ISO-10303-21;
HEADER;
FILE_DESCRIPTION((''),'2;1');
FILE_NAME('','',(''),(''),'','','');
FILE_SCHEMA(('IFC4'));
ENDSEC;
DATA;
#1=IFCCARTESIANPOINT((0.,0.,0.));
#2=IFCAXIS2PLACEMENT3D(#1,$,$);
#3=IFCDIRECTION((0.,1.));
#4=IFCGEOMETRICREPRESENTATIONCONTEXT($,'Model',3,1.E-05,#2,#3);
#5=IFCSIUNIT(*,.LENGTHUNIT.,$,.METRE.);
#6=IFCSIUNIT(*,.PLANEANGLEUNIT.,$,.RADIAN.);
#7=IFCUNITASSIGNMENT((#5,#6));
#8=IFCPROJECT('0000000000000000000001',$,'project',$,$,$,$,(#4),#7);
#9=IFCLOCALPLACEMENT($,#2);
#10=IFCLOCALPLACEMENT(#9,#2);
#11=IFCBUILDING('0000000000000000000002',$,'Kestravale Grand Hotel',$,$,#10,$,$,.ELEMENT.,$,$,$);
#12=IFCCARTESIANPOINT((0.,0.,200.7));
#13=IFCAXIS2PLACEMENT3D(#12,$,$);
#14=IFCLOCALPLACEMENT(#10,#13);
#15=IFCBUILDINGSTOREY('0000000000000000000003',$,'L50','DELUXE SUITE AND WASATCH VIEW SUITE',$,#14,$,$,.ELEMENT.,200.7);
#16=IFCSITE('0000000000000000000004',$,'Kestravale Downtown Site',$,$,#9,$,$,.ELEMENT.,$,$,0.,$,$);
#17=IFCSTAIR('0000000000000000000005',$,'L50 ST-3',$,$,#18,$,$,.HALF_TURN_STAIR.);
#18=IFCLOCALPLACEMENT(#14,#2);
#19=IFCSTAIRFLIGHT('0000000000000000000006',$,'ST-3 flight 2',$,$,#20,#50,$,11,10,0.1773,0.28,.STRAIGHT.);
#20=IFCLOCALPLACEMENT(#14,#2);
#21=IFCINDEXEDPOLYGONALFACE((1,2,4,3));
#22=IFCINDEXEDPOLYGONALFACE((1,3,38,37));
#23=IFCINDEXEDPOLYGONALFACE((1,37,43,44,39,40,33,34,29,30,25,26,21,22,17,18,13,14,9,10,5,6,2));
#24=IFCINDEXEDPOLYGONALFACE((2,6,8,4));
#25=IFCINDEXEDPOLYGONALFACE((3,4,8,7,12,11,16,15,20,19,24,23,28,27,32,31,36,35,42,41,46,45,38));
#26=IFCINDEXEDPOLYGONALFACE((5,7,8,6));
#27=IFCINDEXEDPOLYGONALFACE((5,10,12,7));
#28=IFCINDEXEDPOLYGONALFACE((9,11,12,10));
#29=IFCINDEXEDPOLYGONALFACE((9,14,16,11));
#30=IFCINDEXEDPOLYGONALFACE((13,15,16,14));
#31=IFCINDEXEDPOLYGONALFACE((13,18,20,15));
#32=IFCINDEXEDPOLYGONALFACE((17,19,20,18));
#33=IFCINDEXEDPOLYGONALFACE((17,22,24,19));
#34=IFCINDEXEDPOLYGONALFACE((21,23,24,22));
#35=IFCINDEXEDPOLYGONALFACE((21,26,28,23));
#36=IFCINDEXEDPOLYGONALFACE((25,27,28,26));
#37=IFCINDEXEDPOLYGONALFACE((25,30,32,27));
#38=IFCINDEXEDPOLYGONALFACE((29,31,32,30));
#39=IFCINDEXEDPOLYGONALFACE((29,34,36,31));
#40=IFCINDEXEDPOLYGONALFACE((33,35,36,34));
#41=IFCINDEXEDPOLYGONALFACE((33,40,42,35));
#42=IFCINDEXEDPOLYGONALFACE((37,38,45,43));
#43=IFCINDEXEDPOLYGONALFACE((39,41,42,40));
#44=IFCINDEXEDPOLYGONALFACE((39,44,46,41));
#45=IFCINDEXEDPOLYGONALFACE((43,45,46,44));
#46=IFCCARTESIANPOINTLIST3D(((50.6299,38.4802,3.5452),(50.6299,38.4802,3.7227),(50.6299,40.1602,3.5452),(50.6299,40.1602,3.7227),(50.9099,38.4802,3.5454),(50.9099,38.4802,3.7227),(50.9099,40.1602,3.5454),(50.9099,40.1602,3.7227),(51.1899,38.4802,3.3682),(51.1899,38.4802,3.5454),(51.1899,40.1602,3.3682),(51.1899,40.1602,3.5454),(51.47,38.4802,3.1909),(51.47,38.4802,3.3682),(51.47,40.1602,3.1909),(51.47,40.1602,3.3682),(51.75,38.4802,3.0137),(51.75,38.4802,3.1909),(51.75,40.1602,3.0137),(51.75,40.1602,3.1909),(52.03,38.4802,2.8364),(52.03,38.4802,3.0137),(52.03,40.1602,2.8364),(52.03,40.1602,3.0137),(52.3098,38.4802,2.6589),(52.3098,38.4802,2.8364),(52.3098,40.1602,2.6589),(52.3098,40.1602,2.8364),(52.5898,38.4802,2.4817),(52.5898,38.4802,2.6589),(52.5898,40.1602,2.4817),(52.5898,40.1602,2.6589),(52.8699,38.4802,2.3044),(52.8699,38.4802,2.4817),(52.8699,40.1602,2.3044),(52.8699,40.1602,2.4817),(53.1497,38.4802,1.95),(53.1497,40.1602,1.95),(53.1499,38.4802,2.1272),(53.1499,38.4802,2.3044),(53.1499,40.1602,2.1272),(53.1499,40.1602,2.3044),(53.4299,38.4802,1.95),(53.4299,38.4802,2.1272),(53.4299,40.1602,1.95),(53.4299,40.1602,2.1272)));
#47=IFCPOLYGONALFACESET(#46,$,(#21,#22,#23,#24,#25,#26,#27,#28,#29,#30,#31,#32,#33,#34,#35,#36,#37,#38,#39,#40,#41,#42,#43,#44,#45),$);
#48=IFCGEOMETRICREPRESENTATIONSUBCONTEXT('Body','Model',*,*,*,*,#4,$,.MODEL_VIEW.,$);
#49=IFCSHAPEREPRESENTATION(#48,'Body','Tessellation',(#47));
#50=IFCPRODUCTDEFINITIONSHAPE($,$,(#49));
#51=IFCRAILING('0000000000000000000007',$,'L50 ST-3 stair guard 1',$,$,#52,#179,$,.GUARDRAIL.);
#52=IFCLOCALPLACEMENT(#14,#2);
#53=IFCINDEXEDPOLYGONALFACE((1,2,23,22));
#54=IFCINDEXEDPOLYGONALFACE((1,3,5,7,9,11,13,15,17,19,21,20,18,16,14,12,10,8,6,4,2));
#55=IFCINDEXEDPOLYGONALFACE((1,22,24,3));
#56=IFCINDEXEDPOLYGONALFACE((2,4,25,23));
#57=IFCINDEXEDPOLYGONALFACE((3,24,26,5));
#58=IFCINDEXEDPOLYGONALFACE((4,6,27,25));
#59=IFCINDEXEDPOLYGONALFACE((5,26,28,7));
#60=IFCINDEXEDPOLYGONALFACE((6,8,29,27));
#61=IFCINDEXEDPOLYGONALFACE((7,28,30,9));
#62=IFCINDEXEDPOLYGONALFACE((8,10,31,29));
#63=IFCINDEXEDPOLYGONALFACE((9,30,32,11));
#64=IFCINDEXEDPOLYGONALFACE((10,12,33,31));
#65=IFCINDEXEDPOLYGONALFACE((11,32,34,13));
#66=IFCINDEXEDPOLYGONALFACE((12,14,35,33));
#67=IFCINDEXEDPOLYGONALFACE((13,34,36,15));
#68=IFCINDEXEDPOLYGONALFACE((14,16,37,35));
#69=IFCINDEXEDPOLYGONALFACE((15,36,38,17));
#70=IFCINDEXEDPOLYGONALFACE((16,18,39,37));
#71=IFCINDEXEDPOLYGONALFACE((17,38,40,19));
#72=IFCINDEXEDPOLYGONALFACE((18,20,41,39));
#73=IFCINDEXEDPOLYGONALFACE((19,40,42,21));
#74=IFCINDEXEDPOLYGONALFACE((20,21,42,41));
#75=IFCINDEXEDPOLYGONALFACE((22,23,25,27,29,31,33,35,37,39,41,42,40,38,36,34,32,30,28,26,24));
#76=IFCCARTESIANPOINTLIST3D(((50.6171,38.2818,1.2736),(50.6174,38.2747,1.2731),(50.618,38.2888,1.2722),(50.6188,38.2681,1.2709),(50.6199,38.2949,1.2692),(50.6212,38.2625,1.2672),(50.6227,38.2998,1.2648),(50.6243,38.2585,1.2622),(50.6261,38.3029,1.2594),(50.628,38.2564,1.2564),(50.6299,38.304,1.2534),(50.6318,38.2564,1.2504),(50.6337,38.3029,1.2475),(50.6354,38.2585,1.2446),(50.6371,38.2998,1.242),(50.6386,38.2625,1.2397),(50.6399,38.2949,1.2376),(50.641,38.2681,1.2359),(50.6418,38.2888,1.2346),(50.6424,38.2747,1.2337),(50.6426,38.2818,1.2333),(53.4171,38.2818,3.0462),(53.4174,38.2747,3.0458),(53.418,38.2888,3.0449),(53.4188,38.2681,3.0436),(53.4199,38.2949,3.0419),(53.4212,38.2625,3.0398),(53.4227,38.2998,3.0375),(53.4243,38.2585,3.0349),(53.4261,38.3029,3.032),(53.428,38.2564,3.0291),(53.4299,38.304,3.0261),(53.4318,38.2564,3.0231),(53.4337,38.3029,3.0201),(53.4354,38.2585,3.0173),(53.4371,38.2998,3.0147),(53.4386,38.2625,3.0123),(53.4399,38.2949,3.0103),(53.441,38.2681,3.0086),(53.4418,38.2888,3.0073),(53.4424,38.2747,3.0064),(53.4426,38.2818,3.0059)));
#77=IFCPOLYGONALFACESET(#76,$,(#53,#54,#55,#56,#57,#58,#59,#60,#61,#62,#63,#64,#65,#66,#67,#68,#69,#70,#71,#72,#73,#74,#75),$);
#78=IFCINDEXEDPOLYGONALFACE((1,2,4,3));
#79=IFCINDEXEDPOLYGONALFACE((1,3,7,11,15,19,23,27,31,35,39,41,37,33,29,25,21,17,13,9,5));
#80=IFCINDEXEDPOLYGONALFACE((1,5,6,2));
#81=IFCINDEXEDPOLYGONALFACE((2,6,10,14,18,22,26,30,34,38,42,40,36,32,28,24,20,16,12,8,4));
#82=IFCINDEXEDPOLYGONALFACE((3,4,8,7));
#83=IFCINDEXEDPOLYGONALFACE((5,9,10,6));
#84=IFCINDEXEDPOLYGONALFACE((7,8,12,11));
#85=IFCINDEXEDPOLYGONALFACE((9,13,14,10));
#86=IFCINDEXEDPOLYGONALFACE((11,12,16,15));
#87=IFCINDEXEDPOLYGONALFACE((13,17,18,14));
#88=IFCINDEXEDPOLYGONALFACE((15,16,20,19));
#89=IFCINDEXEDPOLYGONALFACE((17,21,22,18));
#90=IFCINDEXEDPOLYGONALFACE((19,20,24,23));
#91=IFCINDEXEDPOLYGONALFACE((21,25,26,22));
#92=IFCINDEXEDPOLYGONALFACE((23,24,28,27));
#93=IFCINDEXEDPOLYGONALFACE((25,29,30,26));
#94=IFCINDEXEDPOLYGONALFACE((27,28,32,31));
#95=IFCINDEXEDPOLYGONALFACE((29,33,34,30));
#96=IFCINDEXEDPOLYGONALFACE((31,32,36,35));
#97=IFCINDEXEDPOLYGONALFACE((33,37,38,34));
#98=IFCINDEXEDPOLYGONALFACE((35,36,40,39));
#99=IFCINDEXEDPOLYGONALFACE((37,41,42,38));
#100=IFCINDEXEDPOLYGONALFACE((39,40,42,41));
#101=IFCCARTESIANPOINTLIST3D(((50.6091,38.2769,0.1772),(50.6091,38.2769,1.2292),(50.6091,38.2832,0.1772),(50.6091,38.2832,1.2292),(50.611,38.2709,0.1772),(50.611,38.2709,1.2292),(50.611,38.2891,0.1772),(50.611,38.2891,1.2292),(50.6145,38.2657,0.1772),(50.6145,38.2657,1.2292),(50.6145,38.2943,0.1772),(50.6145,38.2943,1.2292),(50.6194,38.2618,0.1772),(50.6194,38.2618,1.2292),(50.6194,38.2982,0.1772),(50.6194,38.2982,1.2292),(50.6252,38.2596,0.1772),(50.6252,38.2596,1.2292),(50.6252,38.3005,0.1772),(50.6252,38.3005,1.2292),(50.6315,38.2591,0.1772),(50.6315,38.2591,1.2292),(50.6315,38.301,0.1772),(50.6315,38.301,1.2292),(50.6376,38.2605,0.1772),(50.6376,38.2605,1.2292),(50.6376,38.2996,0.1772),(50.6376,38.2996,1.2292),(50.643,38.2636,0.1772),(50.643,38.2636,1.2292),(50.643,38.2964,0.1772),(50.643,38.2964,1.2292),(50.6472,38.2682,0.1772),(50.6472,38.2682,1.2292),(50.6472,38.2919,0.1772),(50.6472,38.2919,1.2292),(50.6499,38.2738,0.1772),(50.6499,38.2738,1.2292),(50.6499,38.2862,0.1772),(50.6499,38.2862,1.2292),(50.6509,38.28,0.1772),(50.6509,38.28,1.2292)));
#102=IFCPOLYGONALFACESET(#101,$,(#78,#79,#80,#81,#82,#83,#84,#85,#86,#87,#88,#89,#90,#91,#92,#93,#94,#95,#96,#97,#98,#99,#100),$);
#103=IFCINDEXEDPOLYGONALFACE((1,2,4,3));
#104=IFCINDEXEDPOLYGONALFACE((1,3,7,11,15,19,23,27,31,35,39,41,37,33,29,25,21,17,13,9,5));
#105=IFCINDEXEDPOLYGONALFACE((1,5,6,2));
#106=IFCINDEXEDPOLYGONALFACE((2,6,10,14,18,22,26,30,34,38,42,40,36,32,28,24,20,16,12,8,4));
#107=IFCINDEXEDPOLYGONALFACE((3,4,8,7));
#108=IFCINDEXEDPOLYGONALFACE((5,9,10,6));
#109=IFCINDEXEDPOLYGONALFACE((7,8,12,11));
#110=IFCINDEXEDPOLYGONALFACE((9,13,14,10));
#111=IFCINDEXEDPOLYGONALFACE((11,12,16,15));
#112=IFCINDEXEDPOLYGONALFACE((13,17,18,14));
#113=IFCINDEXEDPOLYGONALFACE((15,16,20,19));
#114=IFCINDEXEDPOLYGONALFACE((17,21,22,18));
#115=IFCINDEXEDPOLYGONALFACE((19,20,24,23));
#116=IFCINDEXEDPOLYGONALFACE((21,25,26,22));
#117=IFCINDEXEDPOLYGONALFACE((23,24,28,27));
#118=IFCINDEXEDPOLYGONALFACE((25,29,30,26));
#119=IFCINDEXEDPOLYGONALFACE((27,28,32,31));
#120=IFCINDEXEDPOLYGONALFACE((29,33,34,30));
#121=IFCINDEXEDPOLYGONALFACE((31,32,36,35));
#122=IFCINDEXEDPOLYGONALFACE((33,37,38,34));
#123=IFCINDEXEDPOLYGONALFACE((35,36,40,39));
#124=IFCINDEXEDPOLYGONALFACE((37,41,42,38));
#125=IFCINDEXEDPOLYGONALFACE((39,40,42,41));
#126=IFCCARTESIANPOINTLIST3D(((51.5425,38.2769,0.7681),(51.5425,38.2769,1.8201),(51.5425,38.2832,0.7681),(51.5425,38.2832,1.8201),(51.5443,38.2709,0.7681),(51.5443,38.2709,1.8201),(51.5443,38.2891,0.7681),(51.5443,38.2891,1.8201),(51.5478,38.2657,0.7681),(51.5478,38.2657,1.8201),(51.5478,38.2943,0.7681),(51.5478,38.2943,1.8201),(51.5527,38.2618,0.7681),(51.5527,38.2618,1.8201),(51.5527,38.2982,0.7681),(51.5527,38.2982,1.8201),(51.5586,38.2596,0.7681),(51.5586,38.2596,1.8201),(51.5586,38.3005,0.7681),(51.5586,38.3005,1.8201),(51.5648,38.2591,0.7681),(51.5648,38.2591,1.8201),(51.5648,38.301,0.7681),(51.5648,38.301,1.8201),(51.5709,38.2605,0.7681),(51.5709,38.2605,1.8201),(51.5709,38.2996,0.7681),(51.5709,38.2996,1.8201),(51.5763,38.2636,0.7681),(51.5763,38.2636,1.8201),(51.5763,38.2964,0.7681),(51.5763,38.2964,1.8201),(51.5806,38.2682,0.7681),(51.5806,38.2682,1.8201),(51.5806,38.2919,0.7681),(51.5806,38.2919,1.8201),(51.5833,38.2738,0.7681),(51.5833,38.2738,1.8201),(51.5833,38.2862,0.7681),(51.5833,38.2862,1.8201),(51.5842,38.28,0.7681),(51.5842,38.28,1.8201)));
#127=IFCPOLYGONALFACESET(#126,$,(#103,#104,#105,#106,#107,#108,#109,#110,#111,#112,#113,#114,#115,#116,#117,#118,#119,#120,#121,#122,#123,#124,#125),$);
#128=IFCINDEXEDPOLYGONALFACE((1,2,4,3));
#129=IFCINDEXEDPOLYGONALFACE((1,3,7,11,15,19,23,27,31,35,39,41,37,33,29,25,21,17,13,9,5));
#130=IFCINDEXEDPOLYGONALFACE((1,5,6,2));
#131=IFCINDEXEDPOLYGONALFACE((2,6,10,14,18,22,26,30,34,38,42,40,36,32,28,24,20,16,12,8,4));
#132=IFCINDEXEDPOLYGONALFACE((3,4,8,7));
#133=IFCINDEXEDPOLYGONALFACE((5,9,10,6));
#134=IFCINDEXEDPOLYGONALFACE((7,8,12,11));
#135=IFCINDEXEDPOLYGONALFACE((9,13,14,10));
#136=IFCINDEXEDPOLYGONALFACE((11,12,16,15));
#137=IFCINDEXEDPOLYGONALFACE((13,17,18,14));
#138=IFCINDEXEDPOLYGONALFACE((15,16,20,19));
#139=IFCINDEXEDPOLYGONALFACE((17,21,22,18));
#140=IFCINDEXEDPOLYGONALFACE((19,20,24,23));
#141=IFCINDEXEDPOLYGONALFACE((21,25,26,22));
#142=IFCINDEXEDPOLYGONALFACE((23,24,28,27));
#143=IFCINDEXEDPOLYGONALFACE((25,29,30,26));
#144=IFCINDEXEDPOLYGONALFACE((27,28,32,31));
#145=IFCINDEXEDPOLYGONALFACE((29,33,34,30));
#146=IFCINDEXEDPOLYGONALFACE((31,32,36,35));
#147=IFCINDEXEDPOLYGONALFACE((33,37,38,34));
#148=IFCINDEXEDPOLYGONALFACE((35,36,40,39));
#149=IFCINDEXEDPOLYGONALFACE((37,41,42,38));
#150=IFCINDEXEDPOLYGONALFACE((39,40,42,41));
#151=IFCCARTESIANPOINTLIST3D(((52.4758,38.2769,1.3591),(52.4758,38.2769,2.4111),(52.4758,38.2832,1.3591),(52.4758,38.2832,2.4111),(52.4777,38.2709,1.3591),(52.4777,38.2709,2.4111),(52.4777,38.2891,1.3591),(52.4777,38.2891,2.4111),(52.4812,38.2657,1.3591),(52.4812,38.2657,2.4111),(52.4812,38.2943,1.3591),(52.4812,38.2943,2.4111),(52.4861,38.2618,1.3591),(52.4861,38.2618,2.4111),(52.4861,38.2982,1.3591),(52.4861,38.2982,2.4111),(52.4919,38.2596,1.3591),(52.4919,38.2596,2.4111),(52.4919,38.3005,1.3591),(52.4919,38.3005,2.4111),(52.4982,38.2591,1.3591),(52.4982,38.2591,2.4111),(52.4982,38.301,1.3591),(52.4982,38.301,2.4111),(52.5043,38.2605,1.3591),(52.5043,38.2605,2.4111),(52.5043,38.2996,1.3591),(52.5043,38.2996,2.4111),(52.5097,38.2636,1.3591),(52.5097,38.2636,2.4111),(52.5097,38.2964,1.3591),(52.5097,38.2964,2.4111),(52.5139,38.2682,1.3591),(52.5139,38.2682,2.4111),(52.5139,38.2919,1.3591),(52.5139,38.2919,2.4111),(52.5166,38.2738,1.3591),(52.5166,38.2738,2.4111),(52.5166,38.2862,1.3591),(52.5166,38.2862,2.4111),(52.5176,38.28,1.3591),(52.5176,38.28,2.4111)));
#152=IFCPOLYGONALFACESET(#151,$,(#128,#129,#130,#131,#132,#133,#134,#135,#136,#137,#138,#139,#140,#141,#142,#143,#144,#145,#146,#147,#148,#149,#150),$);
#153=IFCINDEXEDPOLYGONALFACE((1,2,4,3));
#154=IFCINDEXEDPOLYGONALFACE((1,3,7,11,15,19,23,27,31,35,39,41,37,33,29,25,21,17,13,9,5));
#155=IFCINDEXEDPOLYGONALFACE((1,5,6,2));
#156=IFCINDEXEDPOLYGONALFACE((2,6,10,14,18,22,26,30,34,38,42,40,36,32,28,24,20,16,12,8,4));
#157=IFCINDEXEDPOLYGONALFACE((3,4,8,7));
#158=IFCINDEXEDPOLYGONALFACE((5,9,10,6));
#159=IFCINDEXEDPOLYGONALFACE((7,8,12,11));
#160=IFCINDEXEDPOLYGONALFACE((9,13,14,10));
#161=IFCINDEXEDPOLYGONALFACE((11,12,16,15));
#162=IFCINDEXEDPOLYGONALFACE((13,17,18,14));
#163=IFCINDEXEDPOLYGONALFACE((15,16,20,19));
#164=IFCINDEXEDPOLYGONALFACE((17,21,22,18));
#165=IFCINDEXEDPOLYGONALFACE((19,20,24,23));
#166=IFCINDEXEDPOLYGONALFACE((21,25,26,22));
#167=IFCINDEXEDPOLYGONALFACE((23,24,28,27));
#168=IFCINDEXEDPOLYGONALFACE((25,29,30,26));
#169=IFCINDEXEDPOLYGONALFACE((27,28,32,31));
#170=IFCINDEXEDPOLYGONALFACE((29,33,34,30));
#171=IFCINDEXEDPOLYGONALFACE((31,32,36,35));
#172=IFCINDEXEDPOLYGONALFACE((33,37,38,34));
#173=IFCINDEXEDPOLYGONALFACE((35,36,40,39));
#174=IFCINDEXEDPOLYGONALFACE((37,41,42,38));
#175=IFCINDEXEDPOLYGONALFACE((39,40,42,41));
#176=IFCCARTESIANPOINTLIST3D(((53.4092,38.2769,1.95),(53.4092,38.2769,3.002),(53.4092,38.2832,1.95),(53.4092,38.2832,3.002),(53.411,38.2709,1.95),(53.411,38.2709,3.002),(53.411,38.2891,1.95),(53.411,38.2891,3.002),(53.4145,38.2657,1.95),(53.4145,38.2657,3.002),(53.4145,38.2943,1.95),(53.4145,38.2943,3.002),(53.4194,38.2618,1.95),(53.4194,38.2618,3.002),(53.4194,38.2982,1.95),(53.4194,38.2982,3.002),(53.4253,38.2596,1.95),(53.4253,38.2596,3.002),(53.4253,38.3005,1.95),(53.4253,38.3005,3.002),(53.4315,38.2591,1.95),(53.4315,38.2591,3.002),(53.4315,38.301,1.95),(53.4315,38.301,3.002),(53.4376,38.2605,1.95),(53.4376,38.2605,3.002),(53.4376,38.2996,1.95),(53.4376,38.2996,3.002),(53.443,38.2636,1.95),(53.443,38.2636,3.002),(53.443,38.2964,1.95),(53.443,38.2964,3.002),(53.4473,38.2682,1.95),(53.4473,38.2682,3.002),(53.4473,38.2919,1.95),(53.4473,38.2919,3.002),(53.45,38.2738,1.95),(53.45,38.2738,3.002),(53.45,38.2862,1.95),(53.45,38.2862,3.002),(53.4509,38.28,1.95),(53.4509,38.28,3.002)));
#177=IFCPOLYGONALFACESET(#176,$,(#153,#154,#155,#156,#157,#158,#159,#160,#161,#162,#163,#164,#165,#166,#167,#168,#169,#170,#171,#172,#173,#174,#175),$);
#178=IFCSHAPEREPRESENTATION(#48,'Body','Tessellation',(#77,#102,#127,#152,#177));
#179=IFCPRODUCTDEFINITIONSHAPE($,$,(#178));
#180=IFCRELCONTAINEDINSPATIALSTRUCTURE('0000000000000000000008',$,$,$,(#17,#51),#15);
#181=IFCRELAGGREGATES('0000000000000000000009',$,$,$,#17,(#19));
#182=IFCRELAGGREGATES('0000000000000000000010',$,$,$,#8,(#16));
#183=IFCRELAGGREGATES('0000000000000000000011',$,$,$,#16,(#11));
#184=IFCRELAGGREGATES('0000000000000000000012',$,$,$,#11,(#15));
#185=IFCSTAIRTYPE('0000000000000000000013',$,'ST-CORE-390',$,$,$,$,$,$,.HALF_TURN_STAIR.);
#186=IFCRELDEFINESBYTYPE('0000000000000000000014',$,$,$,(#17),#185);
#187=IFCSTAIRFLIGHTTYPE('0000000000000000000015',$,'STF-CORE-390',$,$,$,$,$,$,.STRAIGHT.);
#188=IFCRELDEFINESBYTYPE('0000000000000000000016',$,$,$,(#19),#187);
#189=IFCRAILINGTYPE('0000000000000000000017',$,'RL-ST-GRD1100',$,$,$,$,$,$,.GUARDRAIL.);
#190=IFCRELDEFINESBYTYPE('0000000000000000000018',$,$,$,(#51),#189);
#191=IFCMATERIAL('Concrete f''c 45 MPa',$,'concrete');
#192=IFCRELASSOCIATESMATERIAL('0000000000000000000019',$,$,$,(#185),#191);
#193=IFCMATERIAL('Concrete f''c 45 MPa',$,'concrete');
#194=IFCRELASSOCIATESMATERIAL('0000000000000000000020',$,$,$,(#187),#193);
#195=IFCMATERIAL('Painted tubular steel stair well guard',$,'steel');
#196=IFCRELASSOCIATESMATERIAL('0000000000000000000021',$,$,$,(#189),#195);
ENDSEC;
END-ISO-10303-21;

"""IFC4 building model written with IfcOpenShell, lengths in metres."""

from ifc_helpers import new_model, si_unit, direction, frame, origin, origin_2d, place, context, subcontext, project, spatial, polyline, circle, outline, extrude, material, type_object, element, aggregate, save


model = new_model("IFC4")

# Units and contexts
model_context = context("Model", 3, precision=1e-05, world=origin(), true_north=direction((0.0, 1.0)))
body_context = subcontext(model_context, "Body", "Model", "MODEL_VIEW")
ifc_project = project(units=[si_unit("LENGTHUNIT", "METRE"), si_unit("PLANEANGLEUNIT", "RADIAN")], contexts=[model_context])

# Site, building, storey
site_placement = place(None, origin())
site = spatial("IfcSite", under=ifc_project, at=site_placement, Name="Kestravale Downtown Site", CompositionType="ELEMENT", RefElevation=0.0)
building_placement = place(site_placement, origin())
building = spatial("IfcBuilding", under=site, at=building_placement, Name="Kestravale Grand Hotel", CompositionType="ELEMENT")
storey_placement = place(building_placement, frame((0.0, 0.0, 200.7)))
storey = spatial("IfcBuildingStorey", under=building, at=storey_placement, Name="L50", Description="DELUXE SUITE AND WASATCH VIEW SUITE", CompositionType="ELEMENT", Elevation=200.7)

# Stair, stair flight
ifc_material_1 = material(Name="Concrete f'c 45 MPa", Category="concrete")
stair_type = type_object("IfcStairType", Name="ST-CORE-390", PredefinedType="HALF_TURN_STAIR", material=ifc_material_1)
stair_placement = place(storey_placement, origin())
stair = element("IfcStair", 1, at=stair_placement, inside=storey, type_object=stair_type, Name="L50 ST-3", PredefinedType="HALF_TURN_STAIR")
ifc_material_2 = material(Name="Concrete f'c 45 MPa", Category="concrete")
stair_flight_type = type_object("IfcStairFlightType", Name="STF-CORE-390", PredefinedType="STRAIGHT", material=ifc_material_2)
stair_flight_1_placement = place(storey_placement, frame((53.4299, 39.3201, 1.95), z_axis=(0.0, 0.0, 1.0), x_axis=(-1.0, 0.0, 0.0)))
stair_flight_1 = element("IfcStairFlight", 2, at=stair_flight_1_placement, type_object=stair_flight_type, Name="ST-3 flight 2", NumberOfRisers=11, NumberOfTreads=10, PredefinedType="STRAIGHT", RiserHeight=0.1773, TreadLength=0.28, context=body_context, shape_type="SweptSolid", body=[
    extrude(outline(polyline([(0.0, 0.0), (0.0, 0.1772), (0.28, 0.1772), (0.28, 0.3545), (0.5601, 0.3545), (0.5601, 0.5317), (0.8401, 0.5317), (0.8401, 0.709), (1.1201, 0.709), (1.1201, 0.8865), (1.3999, 0.8865), (1.3999, 1.0637), (1.6799, 1.0637), (1.6799, 1.241), (1.96, 1.241), (1.96, 1.4182), (2.24, 1.4182), (2.24, 1.5955), (2.52, 1.5955), (2.52, 1.7727), (2.8, 1.7727), (2.8, 1.95), (2.8, 1.5952), (0.2803, 0.0), (0.0, 0.0)])), frame((0.0, 0.8398, 0.0), z_axis=(0.0, -1.0, 0.0), x_axis=(1.0, 0.0, 0.0)), (0.0, 0.0, 1.0), 1.6799),
])
aggregate(stair, [stair_flight_1])

# Railing
ifc_material_3 = material(Name="Painted tubular steel stair well guard", Category="steel")
railing_type_1 = type_object("IfcRailingType", Name="RL-ST-GRD1100", PredefinedType="GUARDRAIL", material=ifc_material_3)
railing_1_placement = place(storey_placement, frame((50.6299, 38.28, 0.1772)))
element("IfcRailing", 3, at=railing_1_placement, inside=storey, type_object=railing_type_1, Name="L50 ST-3 stair guard 1", PredefinedType="GUARDRAIL", context=body_context, shape_type="SweptSolid", body=[
    extrude(circle(Radius=0.0239, at=origin_2d()), frame((0.0, 0.0, 1.0762), z_axis=(0.844909, 0.0, 0.53491), x_axis=(0.0, 1.0, 0.0)), (0.0, 0.0, 1.0), 3.314),
    extrude(circle(Radius=0.021, at=origin_2d()), origin(), (0.0, 0.0, 1.0), 1.052),
    extrude(circle(Radius=0.021, at=origin_2d()), frame((0.9333, 0.0, 0.5908)), (0.0, 0.0, 1.0), 1.052),
    extrude(circle(Radius=0.021, at=origin_2d()), frame((1.8667, 0.0, 1.1819)), (0.0, 0.0, 1.0), 1.052),
    extrude(circle(Radius=0.021, at=origin_2d()), frame((2.8, 0.0, 1.7727)), (0.0, 0.0, 1.0), 1.052),
])

save(model, "model.ifc")
